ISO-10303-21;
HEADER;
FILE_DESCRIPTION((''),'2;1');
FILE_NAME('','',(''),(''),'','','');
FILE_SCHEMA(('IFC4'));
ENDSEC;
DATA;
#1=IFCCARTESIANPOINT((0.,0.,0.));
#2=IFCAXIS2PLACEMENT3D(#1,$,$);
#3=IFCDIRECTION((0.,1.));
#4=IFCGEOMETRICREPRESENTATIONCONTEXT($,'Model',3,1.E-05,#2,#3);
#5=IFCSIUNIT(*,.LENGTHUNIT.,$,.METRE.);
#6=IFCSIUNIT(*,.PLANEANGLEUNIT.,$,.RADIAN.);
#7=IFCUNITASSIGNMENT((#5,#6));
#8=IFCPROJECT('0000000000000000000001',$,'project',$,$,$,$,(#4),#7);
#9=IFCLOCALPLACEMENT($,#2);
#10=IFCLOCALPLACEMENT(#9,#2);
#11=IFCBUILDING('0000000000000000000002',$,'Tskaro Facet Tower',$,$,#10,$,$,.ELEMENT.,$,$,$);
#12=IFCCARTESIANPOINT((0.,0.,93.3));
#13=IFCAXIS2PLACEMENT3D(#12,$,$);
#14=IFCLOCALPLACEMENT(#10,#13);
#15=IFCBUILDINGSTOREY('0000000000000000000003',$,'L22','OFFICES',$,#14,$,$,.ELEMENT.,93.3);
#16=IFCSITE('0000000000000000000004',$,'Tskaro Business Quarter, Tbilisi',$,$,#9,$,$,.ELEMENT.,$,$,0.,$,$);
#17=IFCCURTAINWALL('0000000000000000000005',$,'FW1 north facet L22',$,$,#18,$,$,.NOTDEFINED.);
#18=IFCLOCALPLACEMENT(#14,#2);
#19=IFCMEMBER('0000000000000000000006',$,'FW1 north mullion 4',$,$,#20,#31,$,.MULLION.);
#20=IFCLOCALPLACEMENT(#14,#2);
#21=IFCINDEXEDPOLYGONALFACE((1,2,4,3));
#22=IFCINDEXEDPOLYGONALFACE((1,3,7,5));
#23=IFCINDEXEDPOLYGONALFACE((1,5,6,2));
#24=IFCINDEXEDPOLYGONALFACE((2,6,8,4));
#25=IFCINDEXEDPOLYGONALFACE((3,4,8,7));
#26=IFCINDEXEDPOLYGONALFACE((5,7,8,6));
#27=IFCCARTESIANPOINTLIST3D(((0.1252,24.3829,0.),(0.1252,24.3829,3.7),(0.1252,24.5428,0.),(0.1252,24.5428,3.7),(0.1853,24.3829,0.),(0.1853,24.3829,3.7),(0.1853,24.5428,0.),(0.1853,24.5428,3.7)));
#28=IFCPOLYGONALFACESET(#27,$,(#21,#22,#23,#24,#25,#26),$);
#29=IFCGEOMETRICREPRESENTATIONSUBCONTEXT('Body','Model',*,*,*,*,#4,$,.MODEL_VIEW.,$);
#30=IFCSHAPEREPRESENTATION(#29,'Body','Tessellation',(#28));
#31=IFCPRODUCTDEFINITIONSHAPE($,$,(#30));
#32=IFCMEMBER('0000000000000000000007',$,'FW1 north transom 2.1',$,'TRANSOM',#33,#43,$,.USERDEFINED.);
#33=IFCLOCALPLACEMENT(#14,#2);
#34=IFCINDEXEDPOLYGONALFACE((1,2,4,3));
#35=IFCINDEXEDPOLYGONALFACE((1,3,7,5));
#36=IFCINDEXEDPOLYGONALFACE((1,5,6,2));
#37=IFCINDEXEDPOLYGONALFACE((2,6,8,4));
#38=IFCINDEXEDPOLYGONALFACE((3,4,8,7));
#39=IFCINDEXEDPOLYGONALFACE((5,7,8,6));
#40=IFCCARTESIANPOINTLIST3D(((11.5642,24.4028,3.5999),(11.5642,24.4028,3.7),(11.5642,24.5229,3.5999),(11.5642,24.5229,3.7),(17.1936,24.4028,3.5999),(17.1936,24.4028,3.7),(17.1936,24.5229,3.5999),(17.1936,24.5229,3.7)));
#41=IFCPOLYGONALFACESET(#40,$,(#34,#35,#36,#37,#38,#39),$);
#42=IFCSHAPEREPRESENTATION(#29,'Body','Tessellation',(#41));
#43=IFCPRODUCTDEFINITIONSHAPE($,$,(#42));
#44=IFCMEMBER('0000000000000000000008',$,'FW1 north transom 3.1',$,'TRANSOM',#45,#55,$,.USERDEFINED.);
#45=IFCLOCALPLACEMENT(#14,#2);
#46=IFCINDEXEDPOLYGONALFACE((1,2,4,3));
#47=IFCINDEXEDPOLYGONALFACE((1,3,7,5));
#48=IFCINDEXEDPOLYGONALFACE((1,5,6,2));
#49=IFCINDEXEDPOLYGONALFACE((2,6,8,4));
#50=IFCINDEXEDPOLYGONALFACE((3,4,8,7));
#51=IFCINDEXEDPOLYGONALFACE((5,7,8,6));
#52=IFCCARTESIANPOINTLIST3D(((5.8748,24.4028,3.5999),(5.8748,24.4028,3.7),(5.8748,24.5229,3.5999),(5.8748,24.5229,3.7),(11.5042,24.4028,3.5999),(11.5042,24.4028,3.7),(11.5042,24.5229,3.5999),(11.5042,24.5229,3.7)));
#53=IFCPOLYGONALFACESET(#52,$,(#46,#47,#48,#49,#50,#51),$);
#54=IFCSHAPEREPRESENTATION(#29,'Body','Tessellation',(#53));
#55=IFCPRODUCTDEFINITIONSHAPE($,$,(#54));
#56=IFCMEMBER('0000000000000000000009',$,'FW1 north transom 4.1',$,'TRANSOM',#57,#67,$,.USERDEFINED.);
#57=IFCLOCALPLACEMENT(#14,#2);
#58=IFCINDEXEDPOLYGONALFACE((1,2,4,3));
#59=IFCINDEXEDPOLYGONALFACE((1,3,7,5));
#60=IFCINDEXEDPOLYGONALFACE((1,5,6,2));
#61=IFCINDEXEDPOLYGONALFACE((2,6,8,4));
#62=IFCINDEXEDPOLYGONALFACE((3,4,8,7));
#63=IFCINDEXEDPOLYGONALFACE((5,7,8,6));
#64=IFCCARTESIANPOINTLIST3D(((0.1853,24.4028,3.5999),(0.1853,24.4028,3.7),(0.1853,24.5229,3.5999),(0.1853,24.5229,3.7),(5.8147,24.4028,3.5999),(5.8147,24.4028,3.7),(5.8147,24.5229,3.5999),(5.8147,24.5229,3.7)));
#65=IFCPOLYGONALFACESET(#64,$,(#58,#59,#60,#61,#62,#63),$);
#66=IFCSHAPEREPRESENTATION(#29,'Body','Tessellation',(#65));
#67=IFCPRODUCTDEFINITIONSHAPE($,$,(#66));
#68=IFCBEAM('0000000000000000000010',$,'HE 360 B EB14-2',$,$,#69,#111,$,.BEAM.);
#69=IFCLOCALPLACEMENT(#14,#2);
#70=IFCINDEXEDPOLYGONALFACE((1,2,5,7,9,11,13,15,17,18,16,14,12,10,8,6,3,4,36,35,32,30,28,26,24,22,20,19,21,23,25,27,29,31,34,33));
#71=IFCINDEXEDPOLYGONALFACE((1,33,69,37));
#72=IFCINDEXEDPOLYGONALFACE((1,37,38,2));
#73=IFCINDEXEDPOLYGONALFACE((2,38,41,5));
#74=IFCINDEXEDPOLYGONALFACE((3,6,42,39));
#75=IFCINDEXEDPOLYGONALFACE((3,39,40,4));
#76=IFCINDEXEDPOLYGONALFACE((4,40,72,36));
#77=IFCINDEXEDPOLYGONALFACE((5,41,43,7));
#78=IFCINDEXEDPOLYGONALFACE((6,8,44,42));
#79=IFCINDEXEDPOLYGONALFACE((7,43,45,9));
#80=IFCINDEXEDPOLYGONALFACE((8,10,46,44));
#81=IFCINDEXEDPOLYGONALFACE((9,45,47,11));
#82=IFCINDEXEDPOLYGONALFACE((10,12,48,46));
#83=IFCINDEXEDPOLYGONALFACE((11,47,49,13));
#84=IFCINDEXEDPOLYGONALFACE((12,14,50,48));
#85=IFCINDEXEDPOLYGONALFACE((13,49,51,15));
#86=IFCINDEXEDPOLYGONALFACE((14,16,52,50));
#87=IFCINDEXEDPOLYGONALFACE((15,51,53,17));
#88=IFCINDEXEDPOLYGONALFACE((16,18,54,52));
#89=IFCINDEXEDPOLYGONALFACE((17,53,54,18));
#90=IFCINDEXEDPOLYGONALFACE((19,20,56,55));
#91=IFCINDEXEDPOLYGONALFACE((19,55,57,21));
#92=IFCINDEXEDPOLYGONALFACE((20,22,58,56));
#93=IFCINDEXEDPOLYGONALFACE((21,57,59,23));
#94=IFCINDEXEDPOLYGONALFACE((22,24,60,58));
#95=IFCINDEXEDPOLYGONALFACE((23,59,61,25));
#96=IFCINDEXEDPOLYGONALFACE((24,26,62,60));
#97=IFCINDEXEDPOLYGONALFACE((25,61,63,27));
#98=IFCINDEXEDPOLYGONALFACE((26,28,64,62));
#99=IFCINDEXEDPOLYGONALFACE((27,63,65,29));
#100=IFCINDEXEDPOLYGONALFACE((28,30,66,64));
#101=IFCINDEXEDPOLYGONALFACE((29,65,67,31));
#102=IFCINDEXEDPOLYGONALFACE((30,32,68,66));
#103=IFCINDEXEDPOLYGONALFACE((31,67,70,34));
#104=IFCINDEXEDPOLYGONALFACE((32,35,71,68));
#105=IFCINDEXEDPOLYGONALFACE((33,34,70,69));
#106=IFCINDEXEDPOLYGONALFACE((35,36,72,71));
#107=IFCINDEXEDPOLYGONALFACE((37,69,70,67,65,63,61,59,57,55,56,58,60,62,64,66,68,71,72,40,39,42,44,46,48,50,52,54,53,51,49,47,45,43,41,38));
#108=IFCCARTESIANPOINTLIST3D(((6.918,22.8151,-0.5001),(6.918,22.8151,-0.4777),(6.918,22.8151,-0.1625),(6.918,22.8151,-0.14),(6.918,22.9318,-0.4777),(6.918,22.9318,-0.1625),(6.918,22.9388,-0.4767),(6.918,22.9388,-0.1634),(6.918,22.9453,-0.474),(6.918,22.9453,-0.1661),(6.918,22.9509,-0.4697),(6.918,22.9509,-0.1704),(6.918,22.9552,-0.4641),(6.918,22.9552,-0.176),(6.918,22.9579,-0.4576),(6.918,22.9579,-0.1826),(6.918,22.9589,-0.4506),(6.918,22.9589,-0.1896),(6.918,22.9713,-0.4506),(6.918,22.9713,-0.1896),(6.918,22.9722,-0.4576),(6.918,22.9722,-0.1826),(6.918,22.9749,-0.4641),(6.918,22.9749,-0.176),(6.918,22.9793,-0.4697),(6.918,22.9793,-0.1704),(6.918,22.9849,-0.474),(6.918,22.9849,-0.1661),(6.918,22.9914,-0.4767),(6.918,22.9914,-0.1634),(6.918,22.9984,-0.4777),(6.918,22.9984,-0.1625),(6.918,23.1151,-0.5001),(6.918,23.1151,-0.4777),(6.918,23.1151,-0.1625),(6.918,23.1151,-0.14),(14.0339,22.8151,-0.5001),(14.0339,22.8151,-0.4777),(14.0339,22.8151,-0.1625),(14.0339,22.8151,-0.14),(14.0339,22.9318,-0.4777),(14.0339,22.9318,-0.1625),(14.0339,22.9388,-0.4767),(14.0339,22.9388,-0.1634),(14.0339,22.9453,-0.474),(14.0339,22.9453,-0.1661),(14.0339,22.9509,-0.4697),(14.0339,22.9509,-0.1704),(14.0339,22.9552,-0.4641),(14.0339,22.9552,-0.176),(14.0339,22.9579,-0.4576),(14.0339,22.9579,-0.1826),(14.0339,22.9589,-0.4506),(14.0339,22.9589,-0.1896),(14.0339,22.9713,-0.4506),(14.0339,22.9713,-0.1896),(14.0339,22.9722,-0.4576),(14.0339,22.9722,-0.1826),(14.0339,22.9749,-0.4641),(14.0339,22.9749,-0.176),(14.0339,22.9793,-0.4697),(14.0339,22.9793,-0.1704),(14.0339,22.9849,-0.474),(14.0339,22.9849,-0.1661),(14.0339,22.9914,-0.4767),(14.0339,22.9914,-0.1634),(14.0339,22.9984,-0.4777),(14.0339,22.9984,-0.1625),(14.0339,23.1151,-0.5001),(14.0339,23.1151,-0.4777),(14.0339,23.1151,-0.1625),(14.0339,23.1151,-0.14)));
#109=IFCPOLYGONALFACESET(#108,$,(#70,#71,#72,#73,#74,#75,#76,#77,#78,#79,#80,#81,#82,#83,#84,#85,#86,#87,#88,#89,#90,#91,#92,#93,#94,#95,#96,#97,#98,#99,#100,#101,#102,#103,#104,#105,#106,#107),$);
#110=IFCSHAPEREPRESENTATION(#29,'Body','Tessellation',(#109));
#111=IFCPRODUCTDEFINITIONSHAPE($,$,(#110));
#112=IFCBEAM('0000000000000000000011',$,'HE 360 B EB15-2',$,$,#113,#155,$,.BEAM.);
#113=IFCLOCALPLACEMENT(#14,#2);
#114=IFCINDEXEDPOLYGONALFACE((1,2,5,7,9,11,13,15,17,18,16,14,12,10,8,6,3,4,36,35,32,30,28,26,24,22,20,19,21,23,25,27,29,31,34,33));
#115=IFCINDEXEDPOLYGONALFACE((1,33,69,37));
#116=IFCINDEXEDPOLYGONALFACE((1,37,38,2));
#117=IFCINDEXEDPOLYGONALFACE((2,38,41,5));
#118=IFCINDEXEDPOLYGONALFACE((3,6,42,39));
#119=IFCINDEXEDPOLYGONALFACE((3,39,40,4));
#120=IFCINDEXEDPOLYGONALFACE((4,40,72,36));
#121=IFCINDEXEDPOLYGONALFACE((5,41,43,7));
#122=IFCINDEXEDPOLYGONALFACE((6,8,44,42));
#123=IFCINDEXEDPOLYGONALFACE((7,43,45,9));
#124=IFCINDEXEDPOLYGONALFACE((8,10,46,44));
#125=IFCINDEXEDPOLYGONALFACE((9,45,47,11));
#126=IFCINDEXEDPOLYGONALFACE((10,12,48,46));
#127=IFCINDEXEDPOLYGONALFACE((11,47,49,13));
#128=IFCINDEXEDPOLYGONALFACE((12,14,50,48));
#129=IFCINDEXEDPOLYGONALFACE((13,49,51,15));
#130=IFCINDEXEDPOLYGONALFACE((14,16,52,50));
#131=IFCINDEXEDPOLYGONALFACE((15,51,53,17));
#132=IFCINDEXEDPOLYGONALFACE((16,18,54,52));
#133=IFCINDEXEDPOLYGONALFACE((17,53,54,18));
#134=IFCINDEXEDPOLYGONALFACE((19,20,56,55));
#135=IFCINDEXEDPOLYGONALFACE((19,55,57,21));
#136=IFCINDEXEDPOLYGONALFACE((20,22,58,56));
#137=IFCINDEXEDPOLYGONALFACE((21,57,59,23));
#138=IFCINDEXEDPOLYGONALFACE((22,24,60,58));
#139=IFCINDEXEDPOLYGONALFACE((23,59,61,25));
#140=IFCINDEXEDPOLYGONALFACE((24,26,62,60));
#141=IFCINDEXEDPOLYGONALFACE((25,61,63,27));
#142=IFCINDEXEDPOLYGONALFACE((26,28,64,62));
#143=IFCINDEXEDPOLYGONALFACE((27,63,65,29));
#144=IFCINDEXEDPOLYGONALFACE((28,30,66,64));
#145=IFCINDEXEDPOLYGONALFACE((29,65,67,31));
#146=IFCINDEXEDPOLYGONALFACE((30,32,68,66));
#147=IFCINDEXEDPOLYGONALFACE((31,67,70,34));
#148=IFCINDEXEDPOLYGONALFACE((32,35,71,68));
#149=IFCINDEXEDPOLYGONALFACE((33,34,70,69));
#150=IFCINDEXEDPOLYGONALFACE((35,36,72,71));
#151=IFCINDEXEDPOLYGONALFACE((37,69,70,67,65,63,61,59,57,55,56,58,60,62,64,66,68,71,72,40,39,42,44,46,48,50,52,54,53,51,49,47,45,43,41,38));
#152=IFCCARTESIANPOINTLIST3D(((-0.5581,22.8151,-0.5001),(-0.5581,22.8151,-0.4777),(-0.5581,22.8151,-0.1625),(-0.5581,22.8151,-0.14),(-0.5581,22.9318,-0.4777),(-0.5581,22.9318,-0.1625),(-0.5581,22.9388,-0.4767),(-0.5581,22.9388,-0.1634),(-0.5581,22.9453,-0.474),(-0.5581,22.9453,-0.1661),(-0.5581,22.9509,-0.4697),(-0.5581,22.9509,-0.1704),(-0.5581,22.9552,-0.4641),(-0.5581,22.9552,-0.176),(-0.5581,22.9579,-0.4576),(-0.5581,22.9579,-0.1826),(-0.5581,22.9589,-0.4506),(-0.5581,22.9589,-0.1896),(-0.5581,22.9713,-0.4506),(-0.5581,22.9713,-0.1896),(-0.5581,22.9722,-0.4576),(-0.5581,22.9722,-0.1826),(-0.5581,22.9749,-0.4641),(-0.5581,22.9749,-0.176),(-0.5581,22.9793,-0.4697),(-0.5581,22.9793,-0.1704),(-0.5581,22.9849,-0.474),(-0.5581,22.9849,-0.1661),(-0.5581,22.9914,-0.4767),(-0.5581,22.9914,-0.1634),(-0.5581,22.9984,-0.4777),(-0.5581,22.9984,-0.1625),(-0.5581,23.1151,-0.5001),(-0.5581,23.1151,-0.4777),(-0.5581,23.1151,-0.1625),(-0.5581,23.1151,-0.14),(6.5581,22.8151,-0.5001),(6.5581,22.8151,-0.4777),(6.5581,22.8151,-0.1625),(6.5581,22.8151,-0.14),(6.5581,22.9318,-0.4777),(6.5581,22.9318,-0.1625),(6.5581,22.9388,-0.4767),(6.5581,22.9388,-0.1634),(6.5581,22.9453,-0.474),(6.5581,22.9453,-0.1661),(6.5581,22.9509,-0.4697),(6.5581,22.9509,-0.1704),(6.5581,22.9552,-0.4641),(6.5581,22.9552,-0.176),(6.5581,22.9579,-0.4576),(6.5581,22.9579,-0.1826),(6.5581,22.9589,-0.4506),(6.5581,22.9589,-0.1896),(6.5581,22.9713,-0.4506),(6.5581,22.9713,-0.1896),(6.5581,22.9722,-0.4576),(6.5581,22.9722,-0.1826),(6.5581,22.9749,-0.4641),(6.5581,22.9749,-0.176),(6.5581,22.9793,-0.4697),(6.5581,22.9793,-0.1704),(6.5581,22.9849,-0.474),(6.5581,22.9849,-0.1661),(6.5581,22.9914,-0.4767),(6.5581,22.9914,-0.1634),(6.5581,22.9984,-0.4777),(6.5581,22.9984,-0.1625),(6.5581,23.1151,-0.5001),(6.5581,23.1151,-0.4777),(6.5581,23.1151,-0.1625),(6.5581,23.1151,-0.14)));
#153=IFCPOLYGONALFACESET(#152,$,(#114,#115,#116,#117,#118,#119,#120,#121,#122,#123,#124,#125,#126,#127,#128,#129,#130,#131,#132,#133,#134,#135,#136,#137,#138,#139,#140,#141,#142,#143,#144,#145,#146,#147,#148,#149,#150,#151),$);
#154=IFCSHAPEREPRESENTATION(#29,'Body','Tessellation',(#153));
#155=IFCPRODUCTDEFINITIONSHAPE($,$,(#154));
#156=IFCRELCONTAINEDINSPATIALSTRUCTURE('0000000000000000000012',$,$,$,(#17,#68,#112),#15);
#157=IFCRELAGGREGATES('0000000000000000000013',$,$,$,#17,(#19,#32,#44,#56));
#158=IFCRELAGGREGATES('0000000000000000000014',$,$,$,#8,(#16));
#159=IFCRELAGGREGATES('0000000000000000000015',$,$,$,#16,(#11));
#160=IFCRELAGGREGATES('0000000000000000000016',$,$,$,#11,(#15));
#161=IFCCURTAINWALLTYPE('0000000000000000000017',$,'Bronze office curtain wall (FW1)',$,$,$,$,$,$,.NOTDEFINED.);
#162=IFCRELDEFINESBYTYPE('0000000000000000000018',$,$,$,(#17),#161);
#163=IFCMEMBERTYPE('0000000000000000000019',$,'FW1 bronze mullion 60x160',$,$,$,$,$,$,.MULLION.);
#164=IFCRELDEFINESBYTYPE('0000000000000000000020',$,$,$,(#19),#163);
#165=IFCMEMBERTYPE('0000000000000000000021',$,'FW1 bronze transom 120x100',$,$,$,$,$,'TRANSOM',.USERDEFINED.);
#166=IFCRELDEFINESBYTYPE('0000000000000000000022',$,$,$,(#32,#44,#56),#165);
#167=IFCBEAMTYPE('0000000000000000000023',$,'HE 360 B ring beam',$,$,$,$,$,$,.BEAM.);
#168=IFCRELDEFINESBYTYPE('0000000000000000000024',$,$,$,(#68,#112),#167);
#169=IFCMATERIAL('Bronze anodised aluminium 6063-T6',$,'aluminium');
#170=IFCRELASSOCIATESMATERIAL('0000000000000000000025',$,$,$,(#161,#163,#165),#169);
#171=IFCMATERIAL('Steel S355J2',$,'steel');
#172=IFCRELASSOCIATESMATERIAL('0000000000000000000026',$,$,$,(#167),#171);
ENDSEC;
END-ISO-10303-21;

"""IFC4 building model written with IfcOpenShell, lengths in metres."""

from ifc_helpers import new_model, si_unit, direction, frame, origin, origin_2d, place, context, subcontext, project, spatial, rectangle, i_section, extrude, material, material_profile, profile_set, type_object, element, aggregate, save


model = new_model("IFC4")

# Units and contexts
model_context = context("Model", 3, precision=1e-05, world=origin(), true_north=direction((0.0, 1.0)))
body_context = subcontext(model_context, "Body", "Model", "MODEL_VIEW")
ifc_project = project(units=[si_unit("LENGTHUNIT", "METRE"), si_unit("PLANEANGLEUNIT", "RADIAN")], contexts=[model_context])

# Site, building, storey
site_placement = place(None, origin())
site = spatial("IfcSite", under=ifc_project, at=site_placement, Name="Tskaro Business Quarter, Tbilisi", CompositionType="ELEMENT", RefElevation=0.0)
building_placement = place(site_placement, origin())
building = spatial("IfcBuilding", under=site, at=building_placement, Name="Tskaro Facet Tower", CompositionType="ELEMENT")
storey_placement = place(building_placement, frame((0.0, 0.0, 93.3)))
storey = spatial("IfcBuildingStorey", under=building, at=storey_placement, Name="L22", Description="OFFICES", CompositionType="ELEMENT", Elevation=93.3)

# Curtain wall, members
ifc_material_1 = material(Name="Bronze anodised aluminium 6063-T6", Category="aluminium")
curtain_wall_type = type_object("IfcCurtainWallType", Name="Bronze office curtain wall (FW1)", PredefinedType="NOTDEFINED", material=ifc_material_1)
curtain_wall_placement = place(storey_placement, origin())
curtain_wall = element("IfcCurtainWall", 1, at=curtain_wall_placement, inside=storey, type_object=curtain_wall_type, Name="FW1 north facet L22", PredefinedType="NOTDEFINED")
ifc_material_profile_1 = material_profile(ifc_material_1, rectangle(XDim=0.0601, YDim=0.1599, at=origin_2d()), Name="Mullion 60x160")
ifc_profile_set_1 = profile_set([ifc_material_profile_1], Name="Bronze anodised aluminium 6063-T6")
member_type_1 = type_object("IfcMemberType", Name="FW1 bronze mullion 60x160", PredefinedType="MULLION", material=ifc_profile_set_1)
member_1_placement = place(storey_placement, frame((0.1553, 24.4629, 0.0), z_axis=(0.0, 0.0, 1.0), x_axis=(-1.0, 0.0, 0.0)))
member_1 = element("IfcMember", 2, at=member_1_placement, type_object=member_type_1, Name="FW1 north mullion 4", PredefinedType="MULLION", context=body_context, shape_type="SweptSolid", body=[
    extrude(rectangle(XDim=0.0601, YDim=0.1599, at=origin_2d()), origin(), (0.0, 0.0, 1.0), 3.7),
])
ifc_material_profile_2 = material_profile(ifc_material_1, rectangle(XDim=0.1201, YDim=0.1001, at=origin_2d()), Name="Transom 120x100")
ifc_profile_set_2 = profile_set([ifc_material_profile_2], Name="Bronze anodised aluminium 6063-T6")
member_type_2 = type_object("IfcMemberType", Name="FW1 bronze transom 120x100", ElementType="TRANSOM", PredefinedType="USERDEFINED", material=ifc_profile_set_2)
member_2_placement = place(storey_placement, frame((17.1936, 24.4629, 3.6499), z_axis=(-1.0, 0.0, 0.0), x_axis=(0.0, -1.0, 0.0)))
member_2 = element("IfcMember", 3, at=member_2_placement, type_object=member_type_2, Name="FW1 north transom 2.1", ObjectType="TRANSOM", PredefinedType="USERDEFINED", context=body_context, shape_type="SweptSolid", body=[
    extrude(rectangle(XDim=0.1201, YDim=0.1001, at=origin_2d()), origin(), (0.0, 0.0, 1.0), 5.6294),
])
member_3_placement = place(storey_placement, frame((11.5042, 24.4629, 3.6499), z_axis=(-1.0, 0.0, 0.0), x_axis=(0.0, -1.0, 0.0)))
member_3 = element("IfcMember", 4, at=member_3_placement, type_object=member_type_2, Name="FW1 north transom 3.1", ObjectType="TRANSOM", PredefinedType="USERDEFINED", context=body_context, shape_type="SweptSolid", body=[
    extrude(rectangle(XDim=0.1201, YDim=0.1001, at=origin_2d()), origin(), (0.0, 0.0, 1.0), 5.6294),
])
member_4_placement = place(storey_placement, frame((5.8147, 24.4629, 3.6499), z_axis=(-1.0, 0.0, 0.0), x_axis=(0.0, -1.0, 0.0)))
member_4 = element("IfcMember", 5, at=member_4_placement, type_object=member_type_2, Name="FW1 north transom 4.1", ObjectType="TRANSOM", PredefinedType="USERDEFINED", context=body_context, shape_type="SweptSolid", body=[
    extrude(rectangle(XDim=0.1201, YDim=0.1001, at=origin_2d()), origin(), (0.0, 0.0, 1.0), 5.6294),
])

# Beams
ifc_material_2 = material(Name="Steel S355J2", Category="steel")
ifc_material_profile_3 = material_profile(ifc_material_2, i_section(OverallWidth=0.3, OverallDepth=0.3601, WebThickness=0.0125, FlangeThickness=0.0225, FilletRadius=0.0271, at=origin_2d()), Name="HE 360 B")
ifc_profile_set_3 = profile_set([ifc_material_profile_3], Name="Steel S355J2")
beam_type_1 = type_object("IfcBeamType", Name="HE 360 B ring beam", PredefinedType="BEAM", material=ifc_profile_set_3)
beam_1_placement = place(storey_placement, frame((14.0339, 22.9651, -0.3201), z_axis=(-1.0, 0.0, 0.0), x_axis=(0.0, -1.0, 0.0)))
element("IfcBeam", 6, at=beam_1_placement, inside=storey, type_object=beam_type_1, Name="HE 360 B EB14-2", PredefinedType="BEAM", context=body_context, shape_type="SweptSolid", body=[
    extrude(i_section(OverallWidth=0.3, OverallDepth=0.3601, WebThickness=0.0125, FlangeThickness=0.0225, FilletRadius=0.0271, at=origin_2d()), origin(), (0.0, 0.0, 1.0), 7.116),
])
beam_2_placement = place(storey_placement, frame((6.5581, 22.9651, -0.3201), z_axis=(-1.0, 0.0, 0.0), x_axis=(0.0, -1.0, 0.0)))
element("IfcBeam", 7, at=beam_2_placement, inside=storey, type_object=beam_type_1, Name="HE 360 B EB15-2", PredefinedType="BEAM", context=body_context, shape_type="SweptSolid", body=[
    extrude(i_section(OverallWidth=0.3, OverallDepth=0.3601, WebThickness=0.0125, FlangeThickness=0.0225, FilletRadius=0.0271, at=origin_2d()), origin(), (0.0, 0.0, 1.0), 7.1162),
])

aggregate(curtain_wall, [member_1, member_2, member_3, member_4])

save(model, "model.ifc")
